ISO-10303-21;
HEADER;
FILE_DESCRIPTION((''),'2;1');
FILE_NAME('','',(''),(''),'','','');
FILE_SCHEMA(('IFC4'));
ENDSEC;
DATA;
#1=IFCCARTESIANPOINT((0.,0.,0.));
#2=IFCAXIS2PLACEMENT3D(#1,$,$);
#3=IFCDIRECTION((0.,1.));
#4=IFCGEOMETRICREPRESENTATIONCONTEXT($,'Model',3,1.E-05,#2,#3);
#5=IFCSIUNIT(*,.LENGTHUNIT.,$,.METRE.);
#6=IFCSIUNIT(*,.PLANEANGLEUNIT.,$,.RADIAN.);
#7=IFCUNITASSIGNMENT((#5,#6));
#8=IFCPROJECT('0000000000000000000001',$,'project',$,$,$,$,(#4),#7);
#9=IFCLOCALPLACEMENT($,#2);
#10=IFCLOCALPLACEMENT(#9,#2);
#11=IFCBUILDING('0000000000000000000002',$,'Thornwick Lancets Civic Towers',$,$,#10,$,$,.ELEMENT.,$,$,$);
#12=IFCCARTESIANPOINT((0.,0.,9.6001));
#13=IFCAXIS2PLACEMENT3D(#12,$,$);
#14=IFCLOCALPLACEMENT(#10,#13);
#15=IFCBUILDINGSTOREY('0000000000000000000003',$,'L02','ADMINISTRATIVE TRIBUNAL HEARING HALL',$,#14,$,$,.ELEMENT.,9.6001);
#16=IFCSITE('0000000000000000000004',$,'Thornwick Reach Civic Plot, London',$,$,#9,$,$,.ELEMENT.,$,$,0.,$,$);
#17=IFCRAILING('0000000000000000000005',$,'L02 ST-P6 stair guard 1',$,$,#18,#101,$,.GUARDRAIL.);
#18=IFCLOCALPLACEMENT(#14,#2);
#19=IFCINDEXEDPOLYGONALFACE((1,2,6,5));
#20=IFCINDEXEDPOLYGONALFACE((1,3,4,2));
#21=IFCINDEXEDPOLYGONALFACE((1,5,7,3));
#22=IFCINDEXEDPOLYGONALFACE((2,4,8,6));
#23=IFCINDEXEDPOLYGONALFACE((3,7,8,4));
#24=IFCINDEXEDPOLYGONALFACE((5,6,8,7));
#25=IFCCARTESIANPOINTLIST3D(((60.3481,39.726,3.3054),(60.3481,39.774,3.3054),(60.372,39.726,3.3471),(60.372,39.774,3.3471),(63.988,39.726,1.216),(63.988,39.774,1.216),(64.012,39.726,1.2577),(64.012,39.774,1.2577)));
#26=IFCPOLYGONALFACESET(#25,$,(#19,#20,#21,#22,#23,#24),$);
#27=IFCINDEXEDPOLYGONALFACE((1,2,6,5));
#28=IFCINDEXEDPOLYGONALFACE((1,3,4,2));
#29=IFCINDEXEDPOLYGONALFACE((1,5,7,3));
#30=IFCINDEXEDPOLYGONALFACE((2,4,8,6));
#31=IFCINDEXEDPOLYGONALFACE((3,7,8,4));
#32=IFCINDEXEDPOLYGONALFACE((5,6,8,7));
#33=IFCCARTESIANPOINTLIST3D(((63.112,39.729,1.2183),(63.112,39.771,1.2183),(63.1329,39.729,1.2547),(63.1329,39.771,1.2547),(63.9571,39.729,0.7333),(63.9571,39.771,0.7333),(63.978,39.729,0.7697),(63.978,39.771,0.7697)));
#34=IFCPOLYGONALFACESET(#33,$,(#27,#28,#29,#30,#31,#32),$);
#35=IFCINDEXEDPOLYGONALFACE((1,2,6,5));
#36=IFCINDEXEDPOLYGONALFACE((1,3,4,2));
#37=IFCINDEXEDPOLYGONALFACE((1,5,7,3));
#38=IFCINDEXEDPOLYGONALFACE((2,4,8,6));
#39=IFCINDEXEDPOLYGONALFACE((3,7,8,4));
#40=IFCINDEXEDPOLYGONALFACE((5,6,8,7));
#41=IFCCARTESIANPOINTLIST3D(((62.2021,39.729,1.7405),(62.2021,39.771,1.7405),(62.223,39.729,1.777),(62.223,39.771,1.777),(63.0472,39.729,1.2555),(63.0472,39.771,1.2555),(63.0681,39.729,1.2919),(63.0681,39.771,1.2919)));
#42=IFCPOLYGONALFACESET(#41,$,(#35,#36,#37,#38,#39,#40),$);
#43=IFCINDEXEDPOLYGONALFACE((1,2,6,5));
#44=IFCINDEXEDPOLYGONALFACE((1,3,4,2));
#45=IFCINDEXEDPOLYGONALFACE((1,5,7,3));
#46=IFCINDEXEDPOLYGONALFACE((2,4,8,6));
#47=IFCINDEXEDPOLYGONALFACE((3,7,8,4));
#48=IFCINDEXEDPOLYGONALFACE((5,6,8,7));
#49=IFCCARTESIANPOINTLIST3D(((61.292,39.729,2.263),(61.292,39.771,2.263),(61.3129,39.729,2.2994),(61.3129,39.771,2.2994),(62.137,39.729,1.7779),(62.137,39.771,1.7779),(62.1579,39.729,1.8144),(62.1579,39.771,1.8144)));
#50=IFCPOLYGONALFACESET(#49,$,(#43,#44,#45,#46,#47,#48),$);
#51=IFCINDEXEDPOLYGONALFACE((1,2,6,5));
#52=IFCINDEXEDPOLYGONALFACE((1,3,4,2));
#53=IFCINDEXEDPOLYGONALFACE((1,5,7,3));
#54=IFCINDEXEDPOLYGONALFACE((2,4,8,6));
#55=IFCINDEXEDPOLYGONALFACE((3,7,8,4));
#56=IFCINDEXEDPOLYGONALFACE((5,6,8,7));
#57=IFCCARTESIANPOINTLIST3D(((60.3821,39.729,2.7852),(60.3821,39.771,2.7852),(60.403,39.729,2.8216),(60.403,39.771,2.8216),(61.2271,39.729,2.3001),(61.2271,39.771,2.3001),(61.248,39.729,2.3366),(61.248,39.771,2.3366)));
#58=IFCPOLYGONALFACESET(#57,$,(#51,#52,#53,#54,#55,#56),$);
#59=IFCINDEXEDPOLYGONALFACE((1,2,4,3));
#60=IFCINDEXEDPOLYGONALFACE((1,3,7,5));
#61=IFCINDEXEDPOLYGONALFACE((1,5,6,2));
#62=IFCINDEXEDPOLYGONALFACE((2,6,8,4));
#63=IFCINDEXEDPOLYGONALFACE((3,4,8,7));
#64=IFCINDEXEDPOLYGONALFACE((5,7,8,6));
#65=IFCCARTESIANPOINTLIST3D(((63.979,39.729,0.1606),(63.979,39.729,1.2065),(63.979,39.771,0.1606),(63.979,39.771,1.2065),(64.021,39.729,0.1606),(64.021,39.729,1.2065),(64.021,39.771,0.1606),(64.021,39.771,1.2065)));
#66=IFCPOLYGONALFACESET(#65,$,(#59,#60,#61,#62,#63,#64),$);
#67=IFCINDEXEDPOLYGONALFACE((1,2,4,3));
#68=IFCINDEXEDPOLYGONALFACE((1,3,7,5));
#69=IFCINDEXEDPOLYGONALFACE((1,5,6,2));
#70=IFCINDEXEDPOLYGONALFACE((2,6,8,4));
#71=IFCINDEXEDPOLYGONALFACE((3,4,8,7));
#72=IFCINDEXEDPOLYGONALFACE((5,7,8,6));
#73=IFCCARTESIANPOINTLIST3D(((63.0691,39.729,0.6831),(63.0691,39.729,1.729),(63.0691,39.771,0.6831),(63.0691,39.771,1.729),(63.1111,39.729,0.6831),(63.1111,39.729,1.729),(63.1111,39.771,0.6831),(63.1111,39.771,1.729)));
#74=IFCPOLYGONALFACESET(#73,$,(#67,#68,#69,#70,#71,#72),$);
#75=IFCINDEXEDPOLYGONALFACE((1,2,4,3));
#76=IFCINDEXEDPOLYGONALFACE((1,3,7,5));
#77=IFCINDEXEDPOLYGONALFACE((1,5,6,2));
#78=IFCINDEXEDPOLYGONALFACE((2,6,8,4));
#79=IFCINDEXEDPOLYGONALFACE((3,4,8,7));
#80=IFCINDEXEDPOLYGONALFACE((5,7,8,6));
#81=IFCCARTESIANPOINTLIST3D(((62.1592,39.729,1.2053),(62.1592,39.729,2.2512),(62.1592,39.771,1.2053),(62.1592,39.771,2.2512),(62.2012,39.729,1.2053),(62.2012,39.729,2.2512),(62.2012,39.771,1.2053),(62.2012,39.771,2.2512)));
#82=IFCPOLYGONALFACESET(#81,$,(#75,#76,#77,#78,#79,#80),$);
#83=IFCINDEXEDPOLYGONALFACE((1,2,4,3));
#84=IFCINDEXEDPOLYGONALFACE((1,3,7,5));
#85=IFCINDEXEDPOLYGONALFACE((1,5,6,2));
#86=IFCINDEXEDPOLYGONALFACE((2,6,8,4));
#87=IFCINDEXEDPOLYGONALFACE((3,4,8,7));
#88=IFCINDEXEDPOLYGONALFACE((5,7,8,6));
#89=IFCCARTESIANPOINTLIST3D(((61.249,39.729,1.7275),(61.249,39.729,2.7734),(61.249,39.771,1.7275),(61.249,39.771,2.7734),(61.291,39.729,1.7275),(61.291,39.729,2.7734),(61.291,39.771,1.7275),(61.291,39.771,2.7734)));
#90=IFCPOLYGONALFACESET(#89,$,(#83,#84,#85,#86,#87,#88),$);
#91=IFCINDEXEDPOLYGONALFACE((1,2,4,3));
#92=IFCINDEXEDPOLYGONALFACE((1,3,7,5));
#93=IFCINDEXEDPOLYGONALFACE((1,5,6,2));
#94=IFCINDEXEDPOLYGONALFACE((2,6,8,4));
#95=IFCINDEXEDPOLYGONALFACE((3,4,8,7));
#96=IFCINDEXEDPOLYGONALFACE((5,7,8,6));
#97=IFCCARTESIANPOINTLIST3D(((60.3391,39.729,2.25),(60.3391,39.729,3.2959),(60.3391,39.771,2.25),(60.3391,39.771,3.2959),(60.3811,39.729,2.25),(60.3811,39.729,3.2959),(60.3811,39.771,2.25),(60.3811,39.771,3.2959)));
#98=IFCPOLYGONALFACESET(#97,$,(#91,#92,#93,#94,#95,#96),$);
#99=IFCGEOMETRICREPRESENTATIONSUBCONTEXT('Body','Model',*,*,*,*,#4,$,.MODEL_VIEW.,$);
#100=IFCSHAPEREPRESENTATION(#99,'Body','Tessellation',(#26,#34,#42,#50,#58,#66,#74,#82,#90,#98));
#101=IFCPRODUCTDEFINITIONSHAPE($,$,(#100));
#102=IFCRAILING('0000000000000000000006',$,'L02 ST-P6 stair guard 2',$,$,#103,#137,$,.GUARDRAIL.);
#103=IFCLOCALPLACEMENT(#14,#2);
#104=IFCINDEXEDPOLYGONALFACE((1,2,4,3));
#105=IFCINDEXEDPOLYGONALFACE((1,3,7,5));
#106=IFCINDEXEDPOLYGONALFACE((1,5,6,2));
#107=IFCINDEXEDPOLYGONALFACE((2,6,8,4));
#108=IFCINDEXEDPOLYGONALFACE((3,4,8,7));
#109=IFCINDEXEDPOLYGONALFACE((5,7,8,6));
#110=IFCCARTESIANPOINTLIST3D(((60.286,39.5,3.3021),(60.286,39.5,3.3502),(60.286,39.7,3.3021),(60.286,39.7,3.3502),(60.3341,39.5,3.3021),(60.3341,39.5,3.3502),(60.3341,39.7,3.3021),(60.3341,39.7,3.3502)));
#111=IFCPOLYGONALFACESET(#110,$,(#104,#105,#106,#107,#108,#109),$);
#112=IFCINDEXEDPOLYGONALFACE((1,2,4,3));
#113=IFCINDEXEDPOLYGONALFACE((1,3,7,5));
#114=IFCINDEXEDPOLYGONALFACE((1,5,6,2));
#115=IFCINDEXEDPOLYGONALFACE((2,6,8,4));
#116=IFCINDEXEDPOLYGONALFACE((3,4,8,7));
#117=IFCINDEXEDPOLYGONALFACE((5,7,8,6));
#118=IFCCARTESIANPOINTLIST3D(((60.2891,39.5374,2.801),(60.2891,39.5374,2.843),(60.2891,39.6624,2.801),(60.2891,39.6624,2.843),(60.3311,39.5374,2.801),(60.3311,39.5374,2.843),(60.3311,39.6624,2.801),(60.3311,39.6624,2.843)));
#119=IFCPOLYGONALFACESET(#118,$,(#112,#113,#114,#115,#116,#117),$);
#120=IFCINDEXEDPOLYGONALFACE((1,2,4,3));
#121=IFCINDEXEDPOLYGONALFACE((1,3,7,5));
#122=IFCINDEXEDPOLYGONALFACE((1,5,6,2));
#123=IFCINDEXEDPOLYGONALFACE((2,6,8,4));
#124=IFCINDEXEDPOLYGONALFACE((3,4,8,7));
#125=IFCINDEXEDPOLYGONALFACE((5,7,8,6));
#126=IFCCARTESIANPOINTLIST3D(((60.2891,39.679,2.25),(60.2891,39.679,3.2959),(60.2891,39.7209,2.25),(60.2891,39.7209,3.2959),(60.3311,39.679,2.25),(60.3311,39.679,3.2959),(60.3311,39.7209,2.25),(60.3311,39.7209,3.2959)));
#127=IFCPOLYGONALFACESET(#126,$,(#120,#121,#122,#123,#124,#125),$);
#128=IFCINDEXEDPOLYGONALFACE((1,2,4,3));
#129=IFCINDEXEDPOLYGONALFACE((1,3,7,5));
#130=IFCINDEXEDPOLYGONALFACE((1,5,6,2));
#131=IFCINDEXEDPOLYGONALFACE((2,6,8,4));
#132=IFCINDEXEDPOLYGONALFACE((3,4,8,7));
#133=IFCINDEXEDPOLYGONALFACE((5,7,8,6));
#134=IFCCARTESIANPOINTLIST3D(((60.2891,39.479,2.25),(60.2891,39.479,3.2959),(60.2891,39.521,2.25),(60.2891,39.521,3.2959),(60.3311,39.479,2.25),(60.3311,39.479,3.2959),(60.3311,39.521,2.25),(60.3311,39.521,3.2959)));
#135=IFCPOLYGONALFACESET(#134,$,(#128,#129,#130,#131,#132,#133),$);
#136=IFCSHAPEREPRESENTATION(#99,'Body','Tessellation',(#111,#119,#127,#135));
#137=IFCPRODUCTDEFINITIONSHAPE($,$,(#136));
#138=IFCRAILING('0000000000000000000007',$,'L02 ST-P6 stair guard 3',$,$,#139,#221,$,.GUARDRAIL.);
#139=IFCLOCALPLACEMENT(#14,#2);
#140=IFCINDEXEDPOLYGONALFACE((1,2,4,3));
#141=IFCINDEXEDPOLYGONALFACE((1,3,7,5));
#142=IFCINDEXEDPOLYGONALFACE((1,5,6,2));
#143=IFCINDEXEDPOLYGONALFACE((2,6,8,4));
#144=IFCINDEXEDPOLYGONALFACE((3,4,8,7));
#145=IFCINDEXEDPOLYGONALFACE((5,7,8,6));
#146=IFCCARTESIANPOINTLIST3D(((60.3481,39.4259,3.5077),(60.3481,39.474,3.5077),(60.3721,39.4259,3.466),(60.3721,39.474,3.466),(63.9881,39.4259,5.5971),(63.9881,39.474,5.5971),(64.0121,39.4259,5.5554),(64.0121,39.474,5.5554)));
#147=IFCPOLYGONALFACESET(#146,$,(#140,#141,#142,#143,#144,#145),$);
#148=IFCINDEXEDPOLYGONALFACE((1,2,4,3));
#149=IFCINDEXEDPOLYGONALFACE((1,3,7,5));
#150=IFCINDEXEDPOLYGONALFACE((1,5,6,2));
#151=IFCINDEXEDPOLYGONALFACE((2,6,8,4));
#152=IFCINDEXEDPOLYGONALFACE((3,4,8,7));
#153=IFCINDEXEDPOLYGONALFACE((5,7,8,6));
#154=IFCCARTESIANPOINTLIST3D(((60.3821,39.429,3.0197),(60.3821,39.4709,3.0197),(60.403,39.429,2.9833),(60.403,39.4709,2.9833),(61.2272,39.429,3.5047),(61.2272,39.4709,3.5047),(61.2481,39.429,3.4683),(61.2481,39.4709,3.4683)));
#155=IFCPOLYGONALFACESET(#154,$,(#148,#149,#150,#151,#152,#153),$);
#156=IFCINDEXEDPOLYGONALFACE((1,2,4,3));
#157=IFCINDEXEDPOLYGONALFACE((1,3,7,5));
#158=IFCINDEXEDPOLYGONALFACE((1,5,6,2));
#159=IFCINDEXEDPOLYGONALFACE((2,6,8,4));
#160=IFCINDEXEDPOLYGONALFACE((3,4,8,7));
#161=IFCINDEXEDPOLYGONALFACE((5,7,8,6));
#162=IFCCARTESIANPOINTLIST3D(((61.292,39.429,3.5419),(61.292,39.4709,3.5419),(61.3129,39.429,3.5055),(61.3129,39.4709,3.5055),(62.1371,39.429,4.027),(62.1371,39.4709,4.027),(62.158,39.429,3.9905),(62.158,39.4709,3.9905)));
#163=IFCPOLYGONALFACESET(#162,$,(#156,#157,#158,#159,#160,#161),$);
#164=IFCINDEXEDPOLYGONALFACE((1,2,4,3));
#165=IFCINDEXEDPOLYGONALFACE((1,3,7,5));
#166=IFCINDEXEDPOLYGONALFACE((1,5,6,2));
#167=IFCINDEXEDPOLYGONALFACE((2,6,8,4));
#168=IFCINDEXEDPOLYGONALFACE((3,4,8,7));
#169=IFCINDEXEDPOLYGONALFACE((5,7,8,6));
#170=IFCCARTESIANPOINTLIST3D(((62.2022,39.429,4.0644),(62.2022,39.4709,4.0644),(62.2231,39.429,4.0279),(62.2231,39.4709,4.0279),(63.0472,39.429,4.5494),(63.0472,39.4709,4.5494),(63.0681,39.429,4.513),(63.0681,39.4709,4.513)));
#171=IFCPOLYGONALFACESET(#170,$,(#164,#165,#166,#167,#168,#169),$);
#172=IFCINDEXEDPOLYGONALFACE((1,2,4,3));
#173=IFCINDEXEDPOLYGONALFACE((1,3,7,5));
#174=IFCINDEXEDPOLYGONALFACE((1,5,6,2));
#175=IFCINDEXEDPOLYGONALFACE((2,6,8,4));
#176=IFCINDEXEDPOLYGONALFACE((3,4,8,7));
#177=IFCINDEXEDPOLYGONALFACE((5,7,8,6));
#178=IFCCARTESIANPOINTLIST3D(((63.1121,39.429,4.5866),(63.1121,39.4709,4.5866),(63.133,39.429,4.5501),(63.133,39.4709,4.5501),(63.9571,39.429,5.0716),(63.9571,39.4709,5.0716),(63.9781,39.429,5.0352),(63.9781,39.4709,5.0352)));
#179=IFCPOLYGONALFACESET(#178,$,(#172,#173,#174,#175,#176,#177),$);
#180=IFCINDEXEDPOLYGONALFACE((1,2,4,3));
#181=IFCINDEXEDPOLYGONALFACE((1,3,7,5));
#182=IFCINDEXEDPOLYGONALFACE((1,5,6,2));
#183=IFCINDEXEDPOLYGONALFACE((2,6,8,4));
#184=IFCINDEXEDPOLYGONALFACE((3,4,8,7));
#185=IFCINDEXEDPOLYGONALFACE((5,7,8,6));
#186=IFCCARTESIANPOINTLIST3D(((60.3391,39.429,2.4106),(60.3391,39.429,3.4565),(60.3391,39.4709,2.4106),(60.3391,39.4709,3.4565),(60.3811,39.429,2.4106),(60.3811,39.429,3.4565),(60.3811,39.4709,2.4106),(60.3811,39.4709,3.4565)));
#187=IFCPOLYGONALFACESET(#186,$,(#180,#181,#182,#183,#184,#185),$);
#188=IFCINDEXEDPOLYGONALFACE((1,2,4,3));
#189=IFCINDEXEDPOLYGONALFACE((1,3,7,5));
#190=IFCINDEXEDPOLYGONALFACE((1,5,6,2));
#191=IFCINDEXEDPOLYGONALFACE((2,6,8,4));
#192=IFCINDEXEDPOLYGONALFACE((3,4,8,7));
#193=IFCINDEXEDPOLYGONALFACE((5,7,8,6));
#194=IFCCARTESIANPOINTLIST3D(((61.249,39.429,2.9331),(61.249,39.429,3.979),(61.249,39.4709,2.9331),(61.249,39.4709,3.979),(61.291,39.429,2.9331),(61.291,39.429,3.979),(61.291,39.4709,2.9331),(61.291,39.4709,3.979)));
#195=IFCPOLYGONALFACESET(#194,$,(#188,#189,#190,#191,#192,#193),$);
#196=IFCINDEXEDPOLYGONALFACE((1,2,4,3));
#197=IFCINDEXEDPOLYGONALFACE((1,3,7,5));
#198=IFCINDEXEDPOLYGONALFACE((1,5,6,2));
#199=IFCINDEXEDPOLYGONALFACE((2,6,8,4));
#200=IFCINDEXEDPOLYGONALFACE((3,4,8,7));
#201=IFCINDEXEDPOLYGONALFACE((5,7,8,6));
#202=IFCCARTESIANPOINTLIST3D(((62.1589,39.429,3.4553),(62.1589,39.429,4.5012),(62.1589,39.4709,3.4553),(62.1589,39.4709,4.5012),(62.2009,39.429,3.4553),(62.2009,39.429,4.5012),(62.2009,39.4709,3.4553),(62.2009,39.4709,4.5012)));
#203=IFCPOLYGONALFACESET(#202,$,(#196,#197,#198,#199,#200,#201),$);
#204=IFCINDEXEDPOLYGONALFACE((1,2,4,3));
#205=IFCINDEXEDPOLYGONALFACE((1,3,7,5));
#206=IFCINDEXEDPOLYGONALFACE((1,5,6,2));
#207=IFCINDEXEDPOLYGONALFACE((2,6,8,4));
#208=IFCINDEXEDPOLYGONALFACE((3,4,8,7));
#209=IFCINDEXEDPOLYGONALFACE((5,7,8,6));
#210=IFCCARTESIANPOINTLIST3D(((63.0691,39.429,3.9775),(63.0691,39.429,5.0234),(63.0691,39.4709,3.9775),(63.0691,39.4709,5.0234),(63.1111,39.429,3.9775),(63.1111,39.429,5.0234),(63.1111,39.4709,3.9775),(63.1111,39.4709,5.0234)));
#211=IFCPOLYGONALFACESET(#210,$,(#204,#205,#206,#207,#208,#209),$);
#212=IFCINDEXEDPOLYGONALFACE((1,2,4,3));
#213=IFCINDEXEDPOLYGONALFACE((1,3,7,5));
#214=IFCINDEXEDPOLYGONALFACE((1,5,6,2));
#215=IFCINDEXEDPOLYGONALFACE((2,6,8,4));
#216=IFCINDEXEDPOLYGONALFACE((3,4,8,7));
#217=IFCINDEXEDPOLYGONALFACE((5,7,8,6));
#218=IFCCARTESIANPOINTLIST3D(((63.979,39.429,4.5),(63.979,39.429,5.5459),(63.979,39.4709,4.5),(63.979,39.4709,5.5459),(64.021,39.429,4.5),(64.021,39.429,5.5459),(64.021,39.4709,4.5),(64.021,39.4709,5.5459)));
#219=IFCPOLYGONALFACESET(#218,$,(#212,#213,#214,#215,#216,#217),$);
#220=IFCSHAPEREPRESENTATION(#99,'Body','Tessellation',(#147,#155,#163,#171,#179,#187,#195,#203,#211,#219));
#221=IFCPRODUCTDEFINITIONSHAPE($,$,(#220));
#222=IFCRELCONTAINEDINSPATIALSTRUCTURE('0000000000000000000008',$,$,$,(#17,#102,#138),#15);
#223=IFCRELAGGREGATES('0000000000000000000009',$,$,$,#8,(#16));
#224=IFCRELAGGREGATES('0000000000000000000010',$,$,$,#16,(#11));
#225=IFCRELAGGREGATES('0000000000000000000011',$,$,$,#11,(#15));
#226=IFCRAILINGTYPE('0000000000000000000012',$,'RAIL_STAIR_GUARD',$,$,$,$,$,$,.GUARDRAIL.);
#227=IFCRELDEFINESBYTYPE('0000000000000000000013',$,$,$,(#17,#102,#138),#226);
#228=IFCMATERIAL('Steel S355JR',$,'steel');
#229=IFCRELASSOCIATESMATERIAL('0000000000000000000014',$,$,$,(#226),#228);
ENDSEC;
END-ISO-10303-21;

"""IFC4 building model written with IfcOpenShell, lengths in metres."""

from ifc_helpers import new_model, si_unit, direction, frame, origin, origin_2d, place, context, subcontext, project, spatial, rectangle, extrude, material, type_object, element, save


model = new_model("IFC4")

# Units and contexts
model_context = context("Model", 3, precision=1e-05, world=origin(), true_north=direction((0.0, 1.0)))
body_context = subcontext(model_context, "Body", "Model", "MODEL_VIEW")
ifc_project = project(units=[si_unit("LENGTHUNIT", "METRE"), si_unit("PLANEANGLEUNIT", "RADIAN")], contexts=[model_context])

# Site, building, storey
site_placement = place(None, origin())
site = spatial("IfcSite", under=ifc_project, at=site_placement, Name="Thornwick Reach Civic Plot, London", CompositionType="ELEMENT", RefElevation=0.0)
building_placement = place(site_placement, origin())
building = spatial("IfcBuilding", under=site, at=building_placement, Name="Thornwick Lancets Civic Towers", CompositionType="ELEMENT")
storey_placement = place(building_placement, frame((0.0, 0.0, 9.6001)))
storey = spatial("IfcBuildingStorey", under=building, at=storey_placement, Name="L02", Description="ADMINISTRATIVE TRIBUNAL HEARING HALL", CompositionType="ELEMENT", Elevation=9.6001)

# Shared definitions
ifc_material_1 = material(Name="Steel S355JR", Category="steel")

# Railings
railing_type_1 = type_object("IfcRailingType", Name="RAIL_STAIR_GUARD", PredefinedType="GUARDRAIL", material=ifc_material_1)
railing_1_placement = place(storey_placement, frame((64.0, 39.75, 0.1606)))
element("IfcRailing", 1, at=railing_1_placement, inside=storey, type_object=railing_type_1, Name="L02 ST-P6 stair guard 1", PredefinedType="GUARDRAIL", context=body_context, shape_type="SweptSolid", body=[
    extrude(rectangle(XDim=0.0481, YDim=0.0481, at=origin_2d()), frame((0.0, 0.0, 1.0762), z_axis=(-0.867275, 0.0, 0.497829), x_axis=(0.0, -1.0, 0.0)), (0.0, 0.0, 1.0), 4.197),
    extrude(rectangle(XDim=0.042, YDim=0.042, at=origin_2d()), frame((-0.0325, 0.0, 0.5908), z_axis=(-0.867275, 0.0, 0.497829), x_axis=(0.0, -1.0, 0.0)), (0.0, 0.0, 1.0), 0.9744),
    extrude(rectangle(XDim=0.042, YDim=0.042, at=origin_2d()), frame((-0.9424, 0.0, 1.113), z_axis=(-0.867275, 0.0, 0.497829), x_axis=(0.0, -1.0, 0.0)), (0.0, 0.0, 1.0), 0.9744),
    extrude(rectangle(XDim=0.042, YDim=0.042, at=origin_2d()), frame((-1.8525, 0.0, 1.6355), z_axis=(-0.867275, 0.0, 0.497829), x_axis=(0.0, -1.0, 0.0)), (0.0, 0.0, 1.0), 0.9744),
    extrude(rectangle(XDim=0.042, YDim=0.042, at=origin_2d()), frame((-2.7625, 0.0, 2.1577), z_axis=(-0.867275, 0.0, 0.497829), x_axis=(0.0, -1.0, 0.0)), (0.0, 0.0, 1.0), 0.9744),
    extrude(rectangle(XDim=0.042, YDim=0.042, at=origin_2d()), origin(), (0.0, 0.0, 1.0), 1.0459),
    extrude(rectangle(XDim=0.042, YDim=0.042, at=origin_2d()), frame((-0.9099, 0.0, 0.5225)), (0.0, 0.0, 1.0), 1.0459),
    extrude(rectangle(XDim=0.042, YDim=0.042, at=origin_2d()), frame((-1.8198, 0.0, 1.0447)), (0.0, 0.0, 1.0), 1.0459),
    extrude(rectangle(XDim=0.042, YDim=0.042, at=origin_2d()), frame((-2.73, 0.0, 1.5669)), (0.0, 0.0, 1.0), 1.0459),
    extrude(rectangle(XDim=0.042, YDim=0.042, at=origin_2d()), frame((-3.6399, 0.0, 2.0894)), (0.0, 0.0, 1.0), 1.0459),
])
railing_2_placement = place(storey_placement, frame((60.3101, 39.7, 2.25)))
element("IfcRailing", 2, at=railing_2_placement, inside=storey, type_object=railing_type_1, Name="L02 ST-P6 stair guard 2", PredefinedType="GUARDRAIL", context=body_context, shape_type="SweptSolid", body=[
    extrude(rectangle(XDim=0.0481, YDim=0.0481, at=origin_2d()), frame((0.0, 0.0, 1.0762), z_axis=(0.0, -1.0, 0.0), x_axis=(1.0, 0.0, 0.0)), (0.0, 0.0, 1.0), 0.2),
    extrude(rectangle(XDim=0.042, YDim=0.042, at=origin_2d()), frame((0.0, -0.0376, 0.572), z_axis=(0.0, -1.0, 0.0), x_axis=(1.0, 0.0, 0.0)), (0.0, 0.0, 1.0), 0.125),
    extrude(rectangle(XDim=0.042, YDim=0.042, at=origin_2d()), origin(), (0.0, 0.0, 1.0), 1.0459),
    extrude(rectangle(XDim=0.042, YDim=0.042, at=origin_2d()), frame((0.0, -0.2, 0.0)), (0.0, 0.0, 1.0), 1.0459),
])
railing_3_placement = place(storey_placement, frame((60.3601, 39.45, 2.4106)))
element("IfcRailing", 3, at=railing_3_placement, inside=storey, type_object=railing_type_1, Name="L02 ST-P6 stair guard 3", PredefinedType="GUARDRAIL", context=body_context, shape_type="SweptSolid", body=[
    extrude(rectangle(XDim=0.0481, YDim=0.0481, at=origin_2d()), frame((0.0, 0.0, 1.0762), z_axis=(0.867275, 0.0, 0.497829), x_axis=(0.0, 1.0, 0.0)), (0.0, 0.0, 1.0), 4.197),
    extrude(rectangle(XDim=0.042, YDim=0.042, at=origin_2d()), frame((0.0325, 0.0, 0.5908), z_axis=(0.867275, 0.0, 0.497829), x_axis=(0.0, 1.0, 0.0)), (0.0, 0.0, 1.0), 0.9744),
    extrude(rectangle(XDim=0.042, YDim=0.042, at=origin_2d()), frame((0.9424, 0.0, 1.113), z_axis=(0.867275, 0.0, 0.497829), x_axis=(0.0, 1.0, 0.0)), (0.0, 0.0, 1.0), 0.9744),
    extrude(rectangle(XDim=0.042, YDim=0.042, at=origin_2d()), frame((1.8525, 0.0, 1.6355), z_axis=(0.867275, 0.0, 0.497829), x_axis=(0.0, 1.0, 0.0)), (0.0, 0.0, 1.0), 0.9744),
    extrude(rectangle(XDim=0.042, YDim=0.042, at=origin_2d()), frame((2.7625, 0.0, 2.1577), z_axis=(0.867275, 0.0, 0.497829), x_axis=(0.0, 1.0, 0.0)), (0.0, 0.0, 1.0), 0.9744),
    extrude(rectangle(XDim=0.042, YDim=0.042, at=origin_2d()), origin(), (0.0, 0.0, 1.0), 1.0459),
    extrude(rectangle(XDim=0.042, YDim=0.042, at=origin_2d()), frame((0.9099, 0.0, 0.5225)), (0.0, 0.0, 1.0), 1.0459),
    extrude(rectangle(XDim=0.042, YDim=0.042, at=origin_2d()), frame((1.8198, 0.0, 1.0447)), (0.0, 0.0, 1.0), 1.0459),
    extrude(rectangle(XDim=0.042, YDim=0.042, at=origin_2d()), frame((2.73, 0.0, 1.5669)), (0.0, 0.0, 1.0), 1.0459),
    extrude(rectangle(XDim=0.042, YDim=0.042, at=origin_2d()), frame((3.6399, 0.0, 2.0894)), (0.0, 0.0, 1.0), 1.0459),
])

save(model, "model.ifc")
